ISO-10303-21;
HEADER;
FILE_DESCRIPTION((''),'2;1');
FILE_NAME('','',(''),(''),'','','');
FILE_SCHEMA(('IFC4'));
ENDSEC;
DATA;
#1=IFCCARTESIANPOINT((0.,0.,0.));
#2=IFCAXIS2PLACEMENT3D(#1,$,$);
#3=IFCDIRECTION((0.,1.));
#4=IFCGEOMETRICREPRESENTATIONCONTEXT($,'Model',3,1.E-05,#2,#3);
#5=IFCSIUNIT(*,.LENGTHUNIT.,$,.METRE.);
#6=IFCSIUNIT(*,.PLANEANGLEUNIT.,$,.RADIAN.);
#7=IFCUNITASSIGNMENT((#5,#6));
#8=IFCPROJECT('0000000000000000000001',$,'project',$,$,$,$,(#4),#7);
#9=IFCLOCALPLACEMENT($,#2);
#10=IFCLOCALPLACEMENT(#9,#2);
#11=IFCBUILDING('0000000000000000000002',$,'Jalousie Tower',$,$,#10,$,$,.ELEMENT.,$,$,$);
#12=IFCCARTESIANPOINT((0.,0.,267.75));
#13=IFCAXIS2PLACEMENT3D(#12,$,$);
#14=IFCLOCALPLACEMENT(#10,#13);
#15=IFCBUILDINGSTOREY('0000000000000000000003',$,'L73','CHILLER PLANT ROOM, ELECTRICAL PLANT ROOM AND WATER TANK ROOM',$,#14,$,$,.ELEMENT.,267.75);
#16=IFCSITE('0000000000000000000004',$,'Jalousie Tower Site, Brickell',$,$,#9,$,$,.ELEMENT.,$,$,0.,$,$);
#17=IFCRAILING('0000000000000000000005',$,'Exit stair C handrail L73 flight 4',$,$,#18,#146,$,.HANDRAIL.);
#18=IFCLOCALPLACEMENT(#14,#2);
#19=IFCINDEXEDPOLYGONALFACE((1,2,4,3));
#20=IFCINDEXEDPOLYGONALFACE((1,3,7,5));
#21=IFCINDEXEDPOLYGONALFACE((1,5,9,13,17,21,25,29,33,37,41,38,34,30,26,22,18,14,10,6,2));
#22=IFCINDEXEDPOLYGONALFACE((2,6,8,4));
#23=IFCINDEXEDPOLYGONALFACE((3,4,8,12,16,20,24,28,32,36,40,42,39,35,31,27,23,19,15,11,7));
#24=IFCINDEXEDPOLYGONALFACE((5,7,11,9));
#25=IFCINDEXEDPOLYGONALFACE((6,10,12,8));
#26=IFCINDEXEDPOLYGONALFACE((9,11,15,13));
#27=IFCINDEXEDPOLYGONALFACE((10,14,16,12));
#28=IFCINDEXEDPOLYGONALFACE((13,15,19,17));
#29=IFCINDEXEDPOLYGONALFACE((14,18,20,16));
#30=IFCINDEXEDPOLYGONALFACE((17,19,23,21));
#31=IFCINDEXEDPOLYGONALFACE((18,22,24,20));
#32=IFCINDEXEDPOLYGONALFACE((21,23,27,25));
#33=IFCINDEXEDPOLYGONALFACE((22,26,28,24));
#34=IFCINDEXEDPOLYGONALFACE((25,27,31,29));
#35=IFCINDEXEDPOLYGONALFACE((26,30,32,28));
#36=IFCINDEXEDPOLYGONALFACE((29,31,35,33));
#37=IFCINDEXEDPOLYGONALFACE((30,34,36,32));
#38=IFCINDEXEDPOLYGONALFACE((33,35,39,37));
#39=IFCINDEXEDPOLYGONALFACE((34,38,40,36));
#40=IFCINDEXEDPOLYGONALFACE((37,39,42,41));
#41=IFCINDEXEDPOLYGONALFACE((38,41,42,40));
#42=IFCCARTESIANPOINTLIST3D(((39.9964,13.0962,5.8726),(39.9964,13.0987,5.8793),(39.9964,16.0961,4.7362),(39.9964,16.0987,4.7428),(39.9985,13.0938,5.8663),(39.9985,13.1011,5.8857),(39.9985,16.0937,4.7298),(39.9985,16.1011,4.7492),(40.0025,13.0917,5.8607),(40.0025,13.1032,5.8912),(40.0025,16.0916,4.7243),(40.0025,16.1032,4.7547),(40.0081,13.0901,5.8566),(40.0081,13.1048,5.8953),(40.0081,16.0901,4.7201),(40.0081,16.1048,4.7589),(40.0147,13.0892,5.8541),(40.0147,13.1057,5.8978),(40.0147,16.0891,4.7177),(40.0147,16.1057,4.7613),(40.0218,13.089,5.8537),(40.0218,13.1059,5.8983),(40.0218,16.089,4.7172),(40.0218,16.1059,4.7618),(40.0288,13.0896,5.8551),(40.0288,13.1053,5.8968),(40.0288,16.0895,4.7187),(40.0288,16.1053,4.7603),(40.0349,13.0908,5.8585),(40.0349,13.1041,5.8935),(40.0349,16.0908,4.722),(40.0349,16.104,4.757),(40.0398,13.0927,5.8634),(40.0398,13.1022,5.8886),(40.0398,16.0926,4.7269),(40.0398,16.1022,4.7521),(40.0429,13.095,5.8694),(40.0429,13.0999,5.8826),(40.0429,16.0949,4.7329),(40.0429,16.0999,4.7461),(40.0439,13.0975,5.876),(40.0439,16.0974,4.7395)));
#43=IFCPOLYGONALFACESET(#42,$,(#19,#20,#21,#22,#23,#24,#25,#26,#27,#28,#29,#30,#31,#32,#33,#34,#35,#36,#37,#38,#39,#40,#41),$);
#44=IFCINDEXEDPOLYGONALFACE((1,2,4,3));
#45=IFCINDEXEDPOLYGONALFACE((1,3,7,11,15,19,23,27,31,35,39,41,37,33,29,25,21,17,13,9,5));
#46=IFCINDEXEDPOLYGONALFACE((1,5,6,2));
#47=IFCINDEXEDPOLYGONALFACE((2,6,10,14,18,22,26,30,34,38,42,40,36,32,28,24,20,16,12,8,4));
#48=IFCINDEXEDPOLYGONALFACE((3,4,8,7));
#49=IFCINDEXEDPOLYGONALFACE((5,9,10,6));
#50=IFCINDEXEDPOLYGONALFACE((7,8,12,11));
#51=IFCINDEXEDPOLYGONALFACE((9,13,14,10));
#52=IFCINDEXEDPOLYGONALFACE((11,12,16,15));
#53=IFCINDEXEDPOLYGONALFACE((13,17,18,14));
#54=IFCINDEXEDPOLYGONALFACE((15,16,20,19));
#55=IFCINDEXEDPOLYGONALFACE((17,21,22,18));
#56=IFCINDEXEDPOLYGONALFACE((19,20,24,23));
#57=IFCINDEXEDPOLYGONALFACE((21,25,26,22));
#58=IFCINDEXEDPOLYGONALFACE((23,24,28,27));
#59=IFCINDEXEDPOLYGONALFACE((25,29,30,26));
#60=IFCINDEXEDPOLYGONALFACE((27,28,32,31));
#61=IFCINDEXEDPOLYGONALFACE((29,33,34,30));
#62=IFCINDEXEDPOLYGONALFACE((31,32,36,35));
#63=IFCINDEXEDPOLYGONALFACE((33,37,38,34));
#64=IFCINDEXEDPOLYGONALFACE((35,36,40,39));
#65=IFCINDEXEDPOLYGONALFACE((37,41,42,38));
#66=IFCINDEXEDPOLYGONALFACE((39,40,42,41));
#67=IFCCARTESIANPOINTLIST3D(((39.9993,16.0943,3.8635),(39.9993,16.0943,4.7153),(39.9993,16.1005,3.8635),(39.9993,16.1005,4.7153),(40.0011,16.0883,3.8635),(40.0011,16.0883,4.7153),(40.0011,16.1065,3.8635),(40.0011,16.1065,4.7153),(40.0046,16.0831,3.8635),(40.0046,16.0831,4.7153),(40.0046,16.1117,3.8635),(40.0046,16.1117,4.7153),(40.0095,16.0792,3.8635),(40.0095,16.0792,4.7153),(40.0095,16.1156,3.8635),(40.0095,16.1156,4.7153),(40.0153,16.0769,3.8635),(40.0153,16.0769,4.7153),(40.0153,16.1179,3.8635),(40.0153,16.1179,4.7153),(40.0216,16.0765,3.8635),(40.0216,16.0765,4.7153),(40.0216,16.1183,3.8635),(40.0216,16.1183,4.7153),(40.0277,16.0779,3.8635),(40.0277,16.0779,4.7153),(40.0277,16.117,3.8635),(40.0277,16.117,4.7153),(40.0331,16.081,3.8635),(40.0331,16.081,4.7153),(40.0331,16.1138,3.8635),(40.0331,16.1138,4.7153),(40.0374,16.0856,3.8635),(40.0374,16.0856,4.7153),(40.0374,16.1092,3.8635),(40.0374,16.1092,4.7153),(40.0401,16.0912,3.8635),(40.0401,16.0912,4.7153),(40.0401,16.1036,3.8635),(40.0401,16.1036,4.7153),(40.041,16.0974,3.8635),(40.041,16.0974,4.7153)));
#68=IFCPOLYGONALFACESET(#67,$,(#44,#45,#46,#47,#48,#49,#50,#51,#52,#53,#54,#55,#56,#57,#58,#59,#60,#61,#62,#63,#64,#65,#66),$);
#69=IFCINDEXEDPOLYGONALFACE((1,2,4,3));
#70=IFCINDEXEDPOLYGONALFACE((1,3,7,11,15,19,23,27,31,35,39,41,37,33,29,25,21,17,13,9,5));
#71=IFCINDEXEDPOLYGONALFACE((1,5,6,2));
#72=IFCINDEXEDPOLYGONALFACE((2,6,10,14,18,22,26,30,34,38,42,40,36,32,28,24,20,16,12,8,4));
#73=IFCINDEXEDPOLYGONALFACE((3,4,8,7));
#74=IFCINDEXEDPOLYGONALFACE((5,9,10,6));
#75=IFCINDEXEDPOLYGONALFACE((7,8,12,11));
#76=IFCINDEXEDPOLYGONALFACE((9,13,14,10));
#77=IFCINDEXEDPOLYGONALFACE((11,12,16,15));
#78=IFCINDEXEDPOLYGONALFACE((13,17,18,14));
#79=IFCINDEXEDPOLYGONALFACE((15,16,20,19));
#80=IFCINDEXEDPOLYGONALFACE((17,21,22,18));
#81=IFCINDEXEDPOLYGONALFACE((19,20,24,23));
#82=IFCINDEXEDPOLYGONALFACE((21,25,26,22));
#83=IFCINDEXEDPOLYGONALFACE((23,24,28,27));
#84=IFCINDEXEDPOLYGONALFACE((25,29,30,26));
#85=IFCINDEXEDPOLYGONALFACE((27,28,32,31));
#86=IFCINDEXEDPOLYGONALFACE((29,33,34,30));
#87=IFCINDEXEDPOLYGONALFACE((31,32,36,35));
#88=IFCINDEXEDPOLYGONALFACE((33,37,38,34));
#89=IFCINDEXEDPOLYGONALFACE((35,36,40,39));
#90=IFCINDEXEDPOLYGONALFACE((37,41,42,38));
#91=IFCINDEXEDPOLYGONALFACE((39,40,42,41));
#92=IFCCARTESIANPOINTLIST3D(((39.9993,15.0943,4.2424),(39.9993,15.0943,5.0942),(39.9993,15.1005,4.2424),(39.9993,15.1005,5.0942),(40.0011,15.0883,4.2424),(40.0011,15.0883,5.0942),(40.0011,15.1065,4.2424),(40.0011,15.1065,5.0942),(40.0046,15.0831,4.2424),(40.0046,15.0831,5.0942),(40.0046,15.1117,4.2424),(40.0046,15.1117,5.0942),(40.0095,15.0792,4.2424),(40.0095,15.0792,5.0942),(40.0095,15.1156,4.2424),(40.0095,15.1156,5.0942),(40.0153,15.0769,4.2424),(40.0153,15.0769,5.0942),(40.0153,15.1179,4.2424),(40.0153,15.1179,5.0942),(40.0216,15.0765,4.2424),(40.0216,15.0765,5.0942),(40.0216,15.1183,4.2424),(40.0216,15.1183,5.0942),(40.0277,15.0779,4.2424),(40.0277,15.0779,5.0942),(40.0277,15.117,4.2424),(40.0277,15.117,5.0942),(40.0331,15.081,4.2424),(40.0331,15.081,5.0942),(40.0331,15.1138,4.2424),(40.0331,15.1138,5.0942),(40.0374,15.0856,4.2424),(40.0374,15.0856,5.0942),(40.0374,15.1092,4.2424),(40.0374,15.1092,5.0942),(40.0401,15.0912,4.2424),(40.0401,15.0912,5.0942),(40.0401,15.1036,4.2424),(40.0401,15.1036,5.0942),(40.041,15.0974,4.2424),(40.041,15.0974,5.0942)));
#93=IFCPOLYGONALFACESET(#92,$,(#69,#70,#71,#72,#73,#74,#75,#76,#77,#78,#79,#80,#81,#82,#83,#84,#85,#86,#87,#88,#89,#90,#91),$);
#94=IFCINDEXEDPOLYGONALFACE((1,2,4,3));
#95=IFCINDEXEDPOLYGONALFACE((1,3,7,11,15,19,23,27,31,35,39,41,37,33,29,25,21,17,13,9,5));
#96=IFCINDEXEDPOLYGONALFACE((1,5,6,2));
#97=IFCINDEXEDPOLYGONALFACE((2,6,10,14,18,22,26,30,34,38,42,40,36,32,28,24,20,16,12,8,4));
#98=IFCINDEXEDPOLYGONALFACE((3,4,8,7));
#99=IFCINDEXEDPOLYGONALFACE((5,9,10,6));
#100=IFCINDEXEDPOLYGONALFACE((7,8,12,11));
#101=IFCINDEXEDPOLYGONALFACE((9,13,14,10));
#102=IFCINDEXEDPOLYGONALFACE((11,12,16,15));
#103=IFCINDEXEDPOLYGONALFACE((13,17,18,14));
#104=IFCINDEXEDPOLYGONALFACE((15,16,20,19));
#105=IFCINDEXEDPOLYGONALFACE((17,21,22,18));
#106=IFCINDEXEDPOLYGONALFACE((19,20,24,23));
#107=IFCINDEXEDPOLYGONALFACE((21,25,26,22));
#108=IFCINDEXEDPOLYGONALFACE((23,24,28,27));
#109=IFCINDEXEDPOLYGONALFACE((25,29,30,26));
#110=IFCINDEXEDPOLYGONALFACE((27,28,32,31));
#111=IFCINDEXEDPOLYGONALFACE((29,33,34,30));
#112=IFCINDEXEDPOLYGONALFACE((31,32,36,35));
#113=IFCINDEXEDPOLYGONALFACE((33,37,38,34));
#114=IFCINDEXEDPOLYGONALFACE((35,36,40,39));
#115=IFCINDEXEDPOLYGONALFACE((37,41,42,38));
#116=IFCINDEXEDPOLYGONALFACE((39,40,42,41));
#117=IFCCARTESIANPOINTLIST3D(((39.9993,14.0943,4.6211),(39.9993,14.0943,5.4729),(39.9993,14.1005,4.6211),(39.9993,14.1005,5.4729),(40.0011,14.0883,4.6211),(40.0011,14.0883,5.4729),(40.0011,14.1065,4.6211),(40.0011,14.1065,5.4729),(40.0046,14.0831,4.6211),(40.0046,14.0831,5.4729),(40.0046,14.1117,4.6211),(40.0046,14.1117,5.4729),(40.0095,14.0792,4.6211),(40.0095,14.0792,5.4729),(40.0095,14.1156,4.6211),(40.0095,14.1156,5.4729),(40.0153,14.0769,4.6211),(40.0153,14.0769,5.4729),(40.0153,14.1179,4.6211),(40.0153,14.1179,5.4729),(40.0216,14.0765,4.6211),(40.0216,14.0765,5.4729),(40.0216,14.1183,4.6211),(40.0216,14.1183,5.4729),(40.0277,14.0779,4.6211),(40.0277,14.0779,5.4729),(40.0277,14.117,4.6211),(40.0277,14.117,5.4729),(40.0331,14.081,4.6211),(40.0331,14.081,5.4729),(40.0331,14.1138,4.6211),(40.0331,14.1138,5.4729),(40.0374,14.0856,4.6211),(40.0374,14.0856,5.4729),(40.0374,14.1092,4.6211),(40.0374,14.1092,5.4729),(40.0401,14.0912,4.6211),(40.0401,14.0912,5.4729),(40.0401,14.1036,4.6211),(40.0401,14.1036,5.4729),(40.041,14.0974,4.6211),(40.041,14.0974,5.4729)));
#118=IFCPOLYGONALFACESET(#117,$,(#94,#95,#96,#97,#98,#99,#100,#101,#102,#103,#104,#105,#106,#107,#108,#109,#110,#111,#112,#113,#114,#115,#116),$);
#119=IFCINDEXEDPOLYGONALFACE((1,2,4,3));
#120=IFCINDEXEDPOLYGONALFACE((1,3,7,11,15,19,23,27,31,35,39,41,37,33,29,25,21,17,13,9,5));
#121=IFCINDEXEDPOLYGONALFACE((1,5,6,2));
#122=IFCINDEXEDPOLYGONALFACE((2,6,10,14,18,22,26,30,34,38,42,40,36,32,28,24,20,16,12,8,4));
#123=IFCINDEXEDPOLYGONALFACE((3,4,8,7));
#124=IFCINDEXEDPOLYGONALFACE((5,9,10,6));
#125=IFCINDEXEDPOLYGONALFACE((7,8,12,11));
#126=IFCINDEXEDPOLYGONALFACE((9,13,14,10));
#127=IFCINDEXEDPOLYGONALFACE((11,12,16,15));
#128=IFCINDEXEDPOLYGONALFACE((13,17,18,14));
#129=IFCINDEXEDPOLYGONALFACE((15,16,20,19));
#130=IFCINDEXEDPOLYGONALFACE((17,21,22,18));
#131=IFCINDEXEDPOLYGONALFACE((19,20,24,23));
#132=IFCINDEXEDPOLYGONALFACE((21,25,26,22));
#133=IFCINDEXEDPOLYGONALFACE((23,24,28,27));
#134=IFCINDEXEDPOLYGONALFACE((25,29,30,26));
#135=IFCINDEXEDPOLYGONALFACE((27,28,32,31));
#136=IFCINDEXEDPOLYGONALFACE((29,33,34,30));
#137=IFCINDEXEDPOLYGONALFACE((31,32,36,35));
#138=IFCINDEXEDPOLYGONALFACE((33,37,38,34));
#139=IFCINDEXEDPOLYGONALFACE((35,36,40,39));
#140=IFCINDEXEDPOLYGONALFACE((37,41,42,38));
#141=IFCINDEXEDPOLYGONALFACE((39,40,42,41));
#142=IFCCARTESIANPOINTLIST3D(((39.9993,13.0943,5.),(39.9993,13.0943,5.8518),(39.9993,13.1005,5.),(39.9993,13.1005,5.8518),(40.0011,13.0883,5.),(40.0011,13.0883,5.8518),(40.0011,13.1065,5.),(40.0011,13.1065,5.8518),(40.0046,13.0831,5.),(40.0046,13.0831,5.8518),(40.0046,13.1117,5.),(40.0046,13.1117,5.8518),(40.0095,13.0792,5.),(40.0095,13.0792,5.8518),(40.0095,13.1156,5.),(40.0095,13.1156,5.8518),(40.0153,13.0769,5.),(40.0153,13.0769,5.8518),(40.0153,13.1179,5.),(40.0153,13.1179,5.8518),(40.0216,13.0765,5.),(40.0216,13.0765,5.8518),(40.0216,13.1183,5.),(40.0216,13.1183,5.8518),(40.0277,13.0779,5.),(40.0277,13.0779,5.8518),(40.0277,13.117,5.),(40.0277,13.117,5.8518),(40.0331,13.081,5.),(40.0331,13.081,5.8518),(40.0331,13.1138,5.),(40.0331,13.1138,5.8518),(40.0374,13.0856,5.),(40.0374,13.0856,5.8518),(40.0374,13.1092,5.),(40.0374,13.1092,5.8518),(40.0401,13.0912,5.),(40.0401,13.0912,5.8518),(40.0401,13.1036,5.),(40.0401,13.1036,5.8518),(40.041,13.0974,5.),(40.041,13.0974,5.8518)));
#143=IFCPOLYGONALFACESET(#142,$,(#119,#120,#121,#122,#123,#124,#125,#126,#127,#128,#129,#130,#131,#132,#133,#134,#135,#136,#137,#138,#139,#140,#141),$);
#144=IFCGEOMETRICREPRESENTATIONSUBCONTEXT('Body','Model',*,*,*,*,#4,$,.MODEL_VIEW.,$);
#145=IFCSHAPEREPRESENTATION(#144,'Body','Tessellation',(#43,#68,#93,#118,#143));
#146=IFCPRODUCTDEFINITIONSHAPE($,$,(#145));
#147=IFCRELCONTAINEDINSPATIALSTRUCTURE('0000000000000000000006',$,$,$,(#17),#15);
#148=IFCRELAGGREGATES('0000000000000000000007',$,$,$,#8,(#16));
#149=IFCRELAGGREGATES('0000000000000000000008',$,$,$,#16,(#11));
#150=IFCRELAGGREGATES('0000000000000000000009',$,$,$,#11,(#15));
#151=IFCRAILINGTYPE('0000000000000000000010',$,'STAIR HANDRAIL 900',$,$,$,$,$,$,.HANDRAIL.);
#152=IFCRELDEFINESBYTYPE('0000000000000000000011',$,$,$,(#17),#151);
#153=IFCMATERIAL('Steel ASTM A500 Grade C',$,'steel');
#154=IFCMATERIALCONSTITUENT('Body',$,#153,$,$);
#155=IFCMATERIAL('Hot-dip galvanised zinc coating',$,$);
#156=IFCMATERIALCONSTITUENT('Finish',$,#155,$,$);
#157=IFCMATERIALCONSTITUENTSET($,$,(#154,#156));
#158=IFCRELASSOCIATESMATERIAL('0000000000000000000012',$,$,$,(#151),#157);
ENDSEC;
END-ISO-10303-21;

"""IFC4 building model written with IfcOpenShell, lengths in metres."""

from ifc_helpers import new_model, si_unit, direction, frame, origin, origin_2d, place, context, subcontext, project, spatial, circle, extrude, material, constituent, constituent_set, type_object, element, save


model = new_model("IFC4")

# Units and contexts
model_context = context("Model", 3, precision=1e-05, world=origin(), true_north=direction((0.0, 1.0)))
body_context = subcontext(model_context, "Body", "Model", "MODEL_VIEW")
ifc_project = project(units=[si_unit("LENGTHUNIT", "METRE"), si_unit("PLANEANGLEUNIT", "RADIAN")], contexts=[model_context])

# Site, building, storey
site_placement = place(None, origin())
site = spatial("IfcSite", under=ifc_project, at=site_placement, Name="Jalousie Tower Site, Brickell", CompositionType="ELEMENT", RefElevation=0.0)
building_placement = place(site_placement, origin())
building = spatial("IfcBuilding", under=site, at=building_placement, Name="Jalousie Tower", CompositionType="ELEMENT")
storey_placement = place(building_placement, frame((0.0, 0.0, 267.75)))
storey = spatial("IfcBuildingStorey", under=building, at=storey_placement, Name="L73", Description="CHILLER PLANT ROOM, ELECTRICAL PLANT ROOM AND WATER TANK ROOM", CompositionType="ELEMENT", Elevation=267.75)

# Railing
ifc_material_1 = material(Name="Steel ASTM A500 Grade C", Category="steel")
ifc_constituent_1 = constituent(ifc_material_1, Name="Body")
ifc_material_2 = material(Name="Hot-dip galvanised zinc coating")
ifc_constituent_2 = constituent(ifc_material_2, Name="Finish")
ifc_constituent_set_1 = constituent_set(constituents=[ifc_constituent_1, ifc_constituent_2])
railing_type_1 = type_object("IfcRailingType", Name="STAIR HANDRAIL 900", PredefinedType="HANDRAIL", material=ifc_constituent_set_1)
railing_1_placement = place(storey_placement, frame((40.02, 16.0974, 3.8635)))
element("IfcRailing", 1, at=railing_1_placement, inside=storey, type_object=railing_type_1, Name="Exit stair C handrail L73 flight 4", PredefinedType="HANDRAIL", context=body_context, shape_type="SweptSolid", body=[
    extrude(circle(Radius=0.0239, at=origin_2d()), frame((0.0, 0.0, 0.876), z_axis=(0.0, -0.935148, 0.354257), x_axis=(1.0, 0.0, 0.0)), (0.0, 0.0, 1.0), 3.208),
    extrude(circle(Radius=0.021, at=origin_2d()), origin(), (0.0, 0.0, 1.0), 0.8518),
    extrude(circle(Radius=0.021, at=origin_2d()), frame((0.0, -1.0, 0.3789)), (0.0, 0.0, 1.0), 0.8518),
    extrude(circle(Radius=0.021, at=origin_2d()), frame((0.0, -2.0, 0.7576)), (0.0, 0.0, 1.0), 0.8518),
    extrude(circle(Radius=0.021, at=origin_2d()), frame((0.0, -3.0, 1.1365)), (0.0, 0.0, 1.0), 0.8518),
])

save(model, "model.ifc")
